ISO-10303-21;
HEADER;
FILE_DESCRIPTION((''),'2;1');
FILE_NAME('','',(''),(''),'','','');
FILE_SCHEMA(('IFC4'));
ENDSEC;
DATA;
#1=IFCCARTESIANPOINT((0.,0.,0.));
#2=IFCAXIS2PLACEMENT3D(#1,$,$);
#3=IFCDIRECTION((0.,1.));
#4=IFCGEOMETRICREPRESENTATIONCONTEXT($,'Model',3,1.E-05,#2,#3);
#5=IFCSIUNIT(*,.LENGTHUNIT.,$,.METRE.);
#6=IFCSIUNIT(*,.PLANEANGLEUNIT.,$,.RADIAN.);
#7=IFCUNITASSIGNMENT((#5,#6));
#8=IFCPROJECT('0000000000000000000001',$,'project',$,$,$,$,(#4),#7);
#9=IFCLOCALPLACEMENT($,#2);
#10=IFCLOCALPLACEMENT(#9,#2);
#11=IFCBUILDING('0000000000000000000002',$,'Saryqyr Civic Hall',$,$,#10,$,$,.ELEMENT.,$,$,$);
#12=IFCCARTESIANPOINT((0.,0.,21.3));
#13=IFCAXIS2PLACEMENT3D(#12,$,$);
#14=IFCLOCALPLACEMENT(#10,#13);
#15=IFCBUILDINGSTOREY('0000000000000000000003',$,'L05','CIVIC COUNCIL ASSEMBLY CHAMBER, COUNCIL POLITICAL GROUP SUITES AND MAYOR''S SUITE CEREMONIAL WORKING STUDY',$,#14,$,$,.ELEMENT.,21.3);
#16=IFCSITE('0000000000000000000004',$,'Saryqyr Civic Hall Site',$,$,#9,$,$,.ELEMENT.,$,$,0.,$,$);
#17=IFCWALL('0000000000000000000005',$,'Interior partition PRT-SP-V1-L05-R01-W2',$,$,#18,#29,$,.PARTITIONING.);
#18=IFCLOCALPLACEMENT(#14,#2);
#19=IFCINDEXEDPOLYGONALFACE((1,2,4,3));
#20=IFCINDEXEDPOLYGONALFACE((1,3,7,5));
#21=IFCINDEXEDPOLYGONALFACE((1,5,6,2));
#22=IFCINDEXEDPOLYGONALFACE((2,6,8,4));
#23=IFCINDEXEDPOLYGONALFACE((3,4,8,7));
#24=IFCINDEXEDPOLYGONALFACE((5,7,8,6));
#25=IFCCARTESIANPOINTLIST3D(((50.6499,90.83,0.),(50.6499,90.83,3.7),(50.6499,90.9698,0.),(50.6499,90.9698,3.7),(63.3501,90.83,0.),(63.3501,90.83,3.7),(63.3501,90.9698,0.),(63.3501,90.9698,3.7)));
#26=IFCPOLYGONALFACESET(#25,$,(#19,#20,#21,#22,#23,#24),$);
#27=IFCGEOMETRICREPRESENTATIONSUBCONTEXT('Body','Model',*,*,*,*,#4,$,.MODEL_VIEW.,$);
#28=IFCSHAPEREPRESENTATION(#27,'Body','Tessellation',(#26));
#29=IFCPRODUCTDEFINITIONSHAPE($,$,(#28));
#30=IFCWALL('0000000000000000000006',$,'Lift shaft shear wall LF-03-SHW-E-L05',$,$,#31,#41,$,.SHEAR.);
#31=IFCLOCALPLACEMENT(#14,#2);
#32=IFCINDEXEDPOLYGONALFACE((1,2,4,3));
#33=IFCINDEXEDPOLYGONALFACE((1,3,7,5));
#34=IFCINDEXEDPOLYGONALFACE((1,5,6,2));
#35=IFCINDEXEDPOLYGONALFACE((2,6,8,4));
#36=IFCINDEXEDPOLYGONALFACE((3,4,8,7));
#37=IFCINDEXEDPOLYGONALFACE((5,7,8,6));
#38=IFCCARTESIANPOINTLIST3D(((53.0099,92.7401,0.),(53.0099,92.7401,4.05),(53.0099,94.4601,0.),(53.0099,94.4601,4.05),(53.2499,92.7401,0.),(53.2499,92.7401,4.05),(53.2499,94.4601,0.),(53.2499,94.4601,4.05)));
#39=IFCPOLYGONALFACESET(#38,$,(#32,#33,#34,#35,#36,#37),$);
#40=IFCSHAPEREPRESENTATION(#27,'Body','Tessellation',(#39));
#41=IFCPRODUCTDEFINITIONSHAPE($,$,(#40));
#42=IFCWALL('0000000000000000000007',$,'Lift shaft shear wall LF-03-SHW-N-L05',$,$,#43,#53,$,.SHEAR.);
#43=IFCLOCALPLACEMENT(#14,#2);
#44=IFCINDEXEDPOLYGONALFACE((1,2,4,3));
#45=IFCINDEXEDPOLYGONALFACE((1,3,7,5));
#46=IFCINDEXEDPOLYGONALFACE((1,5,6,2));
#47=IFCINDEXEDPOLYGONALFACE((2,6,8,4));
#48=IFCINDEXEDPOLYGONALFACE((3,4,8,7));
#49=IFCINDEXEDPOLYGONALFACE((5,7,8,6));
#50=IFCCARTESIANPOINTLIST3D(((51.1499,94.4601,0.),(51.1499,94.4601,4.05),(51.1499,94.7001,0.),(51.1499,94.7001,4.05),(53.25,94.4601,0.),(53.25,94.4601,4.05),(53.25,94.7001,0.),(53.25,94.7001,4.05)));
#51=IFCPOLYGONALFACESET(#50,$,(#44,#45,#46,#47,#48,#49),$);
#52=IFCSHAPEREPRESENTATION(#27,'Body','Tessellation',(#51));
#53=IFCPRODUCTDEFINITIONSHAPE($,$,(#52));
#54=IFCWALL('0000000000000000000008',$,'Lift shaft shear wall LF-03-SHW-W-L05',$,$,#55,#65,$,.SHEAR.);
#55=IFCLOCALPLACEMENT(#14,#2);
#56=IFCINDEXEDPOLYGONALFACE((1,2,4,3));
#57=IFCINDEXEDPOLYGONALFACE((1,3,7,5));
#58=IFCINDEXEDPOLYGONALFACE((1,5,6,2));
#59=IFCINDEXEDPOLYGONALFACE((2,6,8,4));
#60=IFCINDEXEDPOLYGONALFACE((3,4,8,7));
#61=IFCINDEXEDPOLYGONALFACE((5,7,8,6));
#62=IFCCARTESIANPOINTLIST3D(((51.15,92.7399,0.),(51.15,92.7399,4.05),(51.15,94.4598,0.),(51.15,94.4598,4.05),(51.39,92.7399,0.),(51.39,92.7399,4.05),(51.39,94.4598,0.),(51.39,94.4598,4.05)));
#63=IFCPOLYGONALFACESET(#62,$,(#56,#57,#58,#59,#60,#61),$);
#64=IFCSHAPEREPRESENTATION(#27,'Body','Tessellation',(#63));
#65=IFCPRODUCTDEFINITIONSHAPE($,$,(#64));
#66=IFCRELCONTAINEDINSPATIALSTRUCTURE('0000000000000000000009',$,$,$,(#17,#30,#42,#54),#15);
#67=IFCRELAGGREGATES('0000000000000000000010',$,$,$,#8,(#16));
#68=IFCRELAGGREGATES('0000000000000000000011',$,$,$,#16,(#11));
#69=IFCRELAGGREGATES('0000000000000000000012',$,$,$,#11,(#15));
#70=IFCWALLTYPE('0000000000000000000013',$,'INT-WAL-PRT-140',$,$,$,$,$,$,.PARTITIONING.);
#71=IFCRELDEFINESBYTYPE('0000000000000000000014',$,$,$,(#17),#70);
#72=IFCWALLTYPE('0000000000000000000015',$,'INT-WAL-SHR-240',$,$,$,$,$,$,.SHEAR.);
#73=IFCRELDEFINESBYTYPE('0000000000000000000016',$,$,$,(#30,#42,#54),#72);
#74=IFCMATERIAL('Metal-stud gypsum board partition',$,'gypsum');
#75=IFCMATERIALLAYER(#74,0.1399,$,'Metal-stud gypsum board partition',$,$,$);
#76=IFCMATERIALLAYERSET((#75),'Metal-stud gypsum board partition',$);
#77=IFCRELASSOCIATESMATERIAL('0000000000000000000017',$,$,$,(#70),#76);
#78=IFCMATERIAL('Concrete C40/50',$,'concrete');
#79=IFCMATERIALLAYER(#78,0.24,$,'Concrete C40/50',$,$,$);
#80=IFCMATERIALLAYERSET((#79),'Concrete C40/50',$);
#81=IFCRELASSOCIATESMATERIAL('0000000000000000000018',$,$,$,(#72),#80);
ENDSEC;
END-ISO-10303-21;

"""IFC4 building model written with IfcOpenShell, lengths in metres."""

from ifc_helpers import new_model, si_unit, direction, frame, frame_2d, origin, place, context, subcontext, project, spatial, rectangle, extrude, material, layer, layer_set, type_object, element, save


model = new_model("IFC4")

# Units and contexts
model_context = context("Model", 3, precision=1e-05, world=origin(), true_north=direction((0.0, 1.0)))
body_context = subcontext(model_context, "Body", "Model", "MODEL_VIEW")
ifc_project = project(units=[si_unit("LENGTHUNIT", "METRE"), si_unit("PLANEANGLEUNIT", "RADIAN")], contexts=[model_context])

# Site, building, storey
site_placement = place(None, origin())
site = spatial("IfcSite", under=ifc_project, at=site_placement, Name="Saryqyr Civic Hall Site", CompositionType="ELEMENT", RefElevation=0.0)
building_placement = place(site_placement, origin())
building = spatial("IfcBuilding", under=site, at=building_placement, Name="Saryqyr Civic Hall", CompositionType="ELEMENT")
storey_placement = place(building_placement, frame((0.0, 0.0, 21.3)))
storey = spatial("IfcBuildingStorey", under=building, at=storey_placement, Name="L05", Description="CIVIC COUNCIL ASSEMBLY CHAMBER, COUNCIL POLITICAL GROUP SUITES AND MAYOR'S SUITE CEREMONIAL WORKING STUDY", CompositionType="ELEMENT", Elevation=21.3)

# Shared definitions
ifc_material_1 = material(Name="Concrete C40/50", Category="concrete")

# Wall
ifc_material_2 = material(Name="Metal-stud gypsum board partition", Category="gypsum")
ifc_layer_1 = layer(ifc_material_2, 0.1399, Name="Metal-stud gypsum board partition")
ifc_layer_set_1 = layer_set([ifc_layer_1], Name="Metal-stud gypsum board partition")
wall_type_1 = type_object("IfcWallType", Name="INT-WAL-PRT-140", PredefinedType="PARTITIONING", material=ifc_layer_set_1)
wall_1_placement = place(storey_placement, frame((50.6499, 90.8999, 0.0), z_axis=(0.0, 0.0, 1.0), x_axis=(1.0, 0.0, 0.0)))
element("IfcWall", 1, at=wall_1_placement, inside=storey, type_object=wall_type_1, Name="Interior partition PRT-SP-V1-L05-R01-W2", PredefinedType="PARTITIONING", context=body_context, shape_type="SweptSolid", body=[
    extrude(rectangle(XDim=12.7002, YDim=0.1399, at=frame_2d((6.3501, 0.0))), origin(), (0.0, 0.0, 1.0), 3.7),
])

# Shared definitions
ifc_layer_2 = layer(ifc_material_1, 0.24, Name="Concrete C40/50")
ifc_layer_set_2 = layer_set([ifc_layer_2], Name="Concrete C40/50")
wall_type_2 = type_object("IfcWallType", Name="INT-WAL-SHR-240", PredefinedType="SHEAR", material=ifc_layer_set_2)

# Walls
wall_2_placement = place(storey_placement, frame((53.1299, 94.46, 0.0), z_axis=(0.0, 0.0, 1.0), x_axis=(0.0, -1.0, 0.0)))
element("IfcWall", 2, at=wall_2_placement, inside=storey, type_object=wall_type_2, Name="Lift shaft shear wall LF-03-SHW-E-L05", PredefinedType="SHEAR", context=body_context, shape_type="SweptSolid", body=[
    extrude(rectangle(XDim=1.72, YDim=0.24, at=frame_2d((0.8599, 0.0))), origin(), (0.0, 0.0, 1.0), 4.05),
])
wall_3_placement = place(storey_placement, frame((51.1499, 94.5801, 0.0), z_axis=(0.0, 0.0, 1.0), x_axis=(1.0, 0.0, 0.0)))
element("IfcWall", 3, at=wall_3_placement, inside=storey, type_object=wall_type_2, Name="Lift shaft shear wall LF-03-SHW-N-L05", PredefinedType="SHEAR", context=body_context, shape_type="SweptSolid", body=[
    extrude(rectangle(XDim=2.1001, YDim=0.24, at=frame_2d((1.05, 0.0))), origin(), (0.0, 0.0, 1.0), 4.05),
])
wall_4_placement = place(storey_placement, frame((51.27, 92.74, 0.0), z_axis=(0.0, 0.0, 1.0), x_axis=(0.0, 1.0, 0.0)))
element("IfcWall", 4, at=wall_4_placement, inside=storey, type_object=wall_type_2, Name="Lift shaft shear wall LF-03-SHW-W-L05", PredefinedType="SHEAR", context=body_context, shape_type="SweptSolid", body=[
    extrude(rectangle(XDim=1.72, YDim=0.24, at=frame_2d((0.8599, 0.0))), origin(), (0.0, 0.0, 1.0), 4.05),
])

save(model, "model.ifc")
